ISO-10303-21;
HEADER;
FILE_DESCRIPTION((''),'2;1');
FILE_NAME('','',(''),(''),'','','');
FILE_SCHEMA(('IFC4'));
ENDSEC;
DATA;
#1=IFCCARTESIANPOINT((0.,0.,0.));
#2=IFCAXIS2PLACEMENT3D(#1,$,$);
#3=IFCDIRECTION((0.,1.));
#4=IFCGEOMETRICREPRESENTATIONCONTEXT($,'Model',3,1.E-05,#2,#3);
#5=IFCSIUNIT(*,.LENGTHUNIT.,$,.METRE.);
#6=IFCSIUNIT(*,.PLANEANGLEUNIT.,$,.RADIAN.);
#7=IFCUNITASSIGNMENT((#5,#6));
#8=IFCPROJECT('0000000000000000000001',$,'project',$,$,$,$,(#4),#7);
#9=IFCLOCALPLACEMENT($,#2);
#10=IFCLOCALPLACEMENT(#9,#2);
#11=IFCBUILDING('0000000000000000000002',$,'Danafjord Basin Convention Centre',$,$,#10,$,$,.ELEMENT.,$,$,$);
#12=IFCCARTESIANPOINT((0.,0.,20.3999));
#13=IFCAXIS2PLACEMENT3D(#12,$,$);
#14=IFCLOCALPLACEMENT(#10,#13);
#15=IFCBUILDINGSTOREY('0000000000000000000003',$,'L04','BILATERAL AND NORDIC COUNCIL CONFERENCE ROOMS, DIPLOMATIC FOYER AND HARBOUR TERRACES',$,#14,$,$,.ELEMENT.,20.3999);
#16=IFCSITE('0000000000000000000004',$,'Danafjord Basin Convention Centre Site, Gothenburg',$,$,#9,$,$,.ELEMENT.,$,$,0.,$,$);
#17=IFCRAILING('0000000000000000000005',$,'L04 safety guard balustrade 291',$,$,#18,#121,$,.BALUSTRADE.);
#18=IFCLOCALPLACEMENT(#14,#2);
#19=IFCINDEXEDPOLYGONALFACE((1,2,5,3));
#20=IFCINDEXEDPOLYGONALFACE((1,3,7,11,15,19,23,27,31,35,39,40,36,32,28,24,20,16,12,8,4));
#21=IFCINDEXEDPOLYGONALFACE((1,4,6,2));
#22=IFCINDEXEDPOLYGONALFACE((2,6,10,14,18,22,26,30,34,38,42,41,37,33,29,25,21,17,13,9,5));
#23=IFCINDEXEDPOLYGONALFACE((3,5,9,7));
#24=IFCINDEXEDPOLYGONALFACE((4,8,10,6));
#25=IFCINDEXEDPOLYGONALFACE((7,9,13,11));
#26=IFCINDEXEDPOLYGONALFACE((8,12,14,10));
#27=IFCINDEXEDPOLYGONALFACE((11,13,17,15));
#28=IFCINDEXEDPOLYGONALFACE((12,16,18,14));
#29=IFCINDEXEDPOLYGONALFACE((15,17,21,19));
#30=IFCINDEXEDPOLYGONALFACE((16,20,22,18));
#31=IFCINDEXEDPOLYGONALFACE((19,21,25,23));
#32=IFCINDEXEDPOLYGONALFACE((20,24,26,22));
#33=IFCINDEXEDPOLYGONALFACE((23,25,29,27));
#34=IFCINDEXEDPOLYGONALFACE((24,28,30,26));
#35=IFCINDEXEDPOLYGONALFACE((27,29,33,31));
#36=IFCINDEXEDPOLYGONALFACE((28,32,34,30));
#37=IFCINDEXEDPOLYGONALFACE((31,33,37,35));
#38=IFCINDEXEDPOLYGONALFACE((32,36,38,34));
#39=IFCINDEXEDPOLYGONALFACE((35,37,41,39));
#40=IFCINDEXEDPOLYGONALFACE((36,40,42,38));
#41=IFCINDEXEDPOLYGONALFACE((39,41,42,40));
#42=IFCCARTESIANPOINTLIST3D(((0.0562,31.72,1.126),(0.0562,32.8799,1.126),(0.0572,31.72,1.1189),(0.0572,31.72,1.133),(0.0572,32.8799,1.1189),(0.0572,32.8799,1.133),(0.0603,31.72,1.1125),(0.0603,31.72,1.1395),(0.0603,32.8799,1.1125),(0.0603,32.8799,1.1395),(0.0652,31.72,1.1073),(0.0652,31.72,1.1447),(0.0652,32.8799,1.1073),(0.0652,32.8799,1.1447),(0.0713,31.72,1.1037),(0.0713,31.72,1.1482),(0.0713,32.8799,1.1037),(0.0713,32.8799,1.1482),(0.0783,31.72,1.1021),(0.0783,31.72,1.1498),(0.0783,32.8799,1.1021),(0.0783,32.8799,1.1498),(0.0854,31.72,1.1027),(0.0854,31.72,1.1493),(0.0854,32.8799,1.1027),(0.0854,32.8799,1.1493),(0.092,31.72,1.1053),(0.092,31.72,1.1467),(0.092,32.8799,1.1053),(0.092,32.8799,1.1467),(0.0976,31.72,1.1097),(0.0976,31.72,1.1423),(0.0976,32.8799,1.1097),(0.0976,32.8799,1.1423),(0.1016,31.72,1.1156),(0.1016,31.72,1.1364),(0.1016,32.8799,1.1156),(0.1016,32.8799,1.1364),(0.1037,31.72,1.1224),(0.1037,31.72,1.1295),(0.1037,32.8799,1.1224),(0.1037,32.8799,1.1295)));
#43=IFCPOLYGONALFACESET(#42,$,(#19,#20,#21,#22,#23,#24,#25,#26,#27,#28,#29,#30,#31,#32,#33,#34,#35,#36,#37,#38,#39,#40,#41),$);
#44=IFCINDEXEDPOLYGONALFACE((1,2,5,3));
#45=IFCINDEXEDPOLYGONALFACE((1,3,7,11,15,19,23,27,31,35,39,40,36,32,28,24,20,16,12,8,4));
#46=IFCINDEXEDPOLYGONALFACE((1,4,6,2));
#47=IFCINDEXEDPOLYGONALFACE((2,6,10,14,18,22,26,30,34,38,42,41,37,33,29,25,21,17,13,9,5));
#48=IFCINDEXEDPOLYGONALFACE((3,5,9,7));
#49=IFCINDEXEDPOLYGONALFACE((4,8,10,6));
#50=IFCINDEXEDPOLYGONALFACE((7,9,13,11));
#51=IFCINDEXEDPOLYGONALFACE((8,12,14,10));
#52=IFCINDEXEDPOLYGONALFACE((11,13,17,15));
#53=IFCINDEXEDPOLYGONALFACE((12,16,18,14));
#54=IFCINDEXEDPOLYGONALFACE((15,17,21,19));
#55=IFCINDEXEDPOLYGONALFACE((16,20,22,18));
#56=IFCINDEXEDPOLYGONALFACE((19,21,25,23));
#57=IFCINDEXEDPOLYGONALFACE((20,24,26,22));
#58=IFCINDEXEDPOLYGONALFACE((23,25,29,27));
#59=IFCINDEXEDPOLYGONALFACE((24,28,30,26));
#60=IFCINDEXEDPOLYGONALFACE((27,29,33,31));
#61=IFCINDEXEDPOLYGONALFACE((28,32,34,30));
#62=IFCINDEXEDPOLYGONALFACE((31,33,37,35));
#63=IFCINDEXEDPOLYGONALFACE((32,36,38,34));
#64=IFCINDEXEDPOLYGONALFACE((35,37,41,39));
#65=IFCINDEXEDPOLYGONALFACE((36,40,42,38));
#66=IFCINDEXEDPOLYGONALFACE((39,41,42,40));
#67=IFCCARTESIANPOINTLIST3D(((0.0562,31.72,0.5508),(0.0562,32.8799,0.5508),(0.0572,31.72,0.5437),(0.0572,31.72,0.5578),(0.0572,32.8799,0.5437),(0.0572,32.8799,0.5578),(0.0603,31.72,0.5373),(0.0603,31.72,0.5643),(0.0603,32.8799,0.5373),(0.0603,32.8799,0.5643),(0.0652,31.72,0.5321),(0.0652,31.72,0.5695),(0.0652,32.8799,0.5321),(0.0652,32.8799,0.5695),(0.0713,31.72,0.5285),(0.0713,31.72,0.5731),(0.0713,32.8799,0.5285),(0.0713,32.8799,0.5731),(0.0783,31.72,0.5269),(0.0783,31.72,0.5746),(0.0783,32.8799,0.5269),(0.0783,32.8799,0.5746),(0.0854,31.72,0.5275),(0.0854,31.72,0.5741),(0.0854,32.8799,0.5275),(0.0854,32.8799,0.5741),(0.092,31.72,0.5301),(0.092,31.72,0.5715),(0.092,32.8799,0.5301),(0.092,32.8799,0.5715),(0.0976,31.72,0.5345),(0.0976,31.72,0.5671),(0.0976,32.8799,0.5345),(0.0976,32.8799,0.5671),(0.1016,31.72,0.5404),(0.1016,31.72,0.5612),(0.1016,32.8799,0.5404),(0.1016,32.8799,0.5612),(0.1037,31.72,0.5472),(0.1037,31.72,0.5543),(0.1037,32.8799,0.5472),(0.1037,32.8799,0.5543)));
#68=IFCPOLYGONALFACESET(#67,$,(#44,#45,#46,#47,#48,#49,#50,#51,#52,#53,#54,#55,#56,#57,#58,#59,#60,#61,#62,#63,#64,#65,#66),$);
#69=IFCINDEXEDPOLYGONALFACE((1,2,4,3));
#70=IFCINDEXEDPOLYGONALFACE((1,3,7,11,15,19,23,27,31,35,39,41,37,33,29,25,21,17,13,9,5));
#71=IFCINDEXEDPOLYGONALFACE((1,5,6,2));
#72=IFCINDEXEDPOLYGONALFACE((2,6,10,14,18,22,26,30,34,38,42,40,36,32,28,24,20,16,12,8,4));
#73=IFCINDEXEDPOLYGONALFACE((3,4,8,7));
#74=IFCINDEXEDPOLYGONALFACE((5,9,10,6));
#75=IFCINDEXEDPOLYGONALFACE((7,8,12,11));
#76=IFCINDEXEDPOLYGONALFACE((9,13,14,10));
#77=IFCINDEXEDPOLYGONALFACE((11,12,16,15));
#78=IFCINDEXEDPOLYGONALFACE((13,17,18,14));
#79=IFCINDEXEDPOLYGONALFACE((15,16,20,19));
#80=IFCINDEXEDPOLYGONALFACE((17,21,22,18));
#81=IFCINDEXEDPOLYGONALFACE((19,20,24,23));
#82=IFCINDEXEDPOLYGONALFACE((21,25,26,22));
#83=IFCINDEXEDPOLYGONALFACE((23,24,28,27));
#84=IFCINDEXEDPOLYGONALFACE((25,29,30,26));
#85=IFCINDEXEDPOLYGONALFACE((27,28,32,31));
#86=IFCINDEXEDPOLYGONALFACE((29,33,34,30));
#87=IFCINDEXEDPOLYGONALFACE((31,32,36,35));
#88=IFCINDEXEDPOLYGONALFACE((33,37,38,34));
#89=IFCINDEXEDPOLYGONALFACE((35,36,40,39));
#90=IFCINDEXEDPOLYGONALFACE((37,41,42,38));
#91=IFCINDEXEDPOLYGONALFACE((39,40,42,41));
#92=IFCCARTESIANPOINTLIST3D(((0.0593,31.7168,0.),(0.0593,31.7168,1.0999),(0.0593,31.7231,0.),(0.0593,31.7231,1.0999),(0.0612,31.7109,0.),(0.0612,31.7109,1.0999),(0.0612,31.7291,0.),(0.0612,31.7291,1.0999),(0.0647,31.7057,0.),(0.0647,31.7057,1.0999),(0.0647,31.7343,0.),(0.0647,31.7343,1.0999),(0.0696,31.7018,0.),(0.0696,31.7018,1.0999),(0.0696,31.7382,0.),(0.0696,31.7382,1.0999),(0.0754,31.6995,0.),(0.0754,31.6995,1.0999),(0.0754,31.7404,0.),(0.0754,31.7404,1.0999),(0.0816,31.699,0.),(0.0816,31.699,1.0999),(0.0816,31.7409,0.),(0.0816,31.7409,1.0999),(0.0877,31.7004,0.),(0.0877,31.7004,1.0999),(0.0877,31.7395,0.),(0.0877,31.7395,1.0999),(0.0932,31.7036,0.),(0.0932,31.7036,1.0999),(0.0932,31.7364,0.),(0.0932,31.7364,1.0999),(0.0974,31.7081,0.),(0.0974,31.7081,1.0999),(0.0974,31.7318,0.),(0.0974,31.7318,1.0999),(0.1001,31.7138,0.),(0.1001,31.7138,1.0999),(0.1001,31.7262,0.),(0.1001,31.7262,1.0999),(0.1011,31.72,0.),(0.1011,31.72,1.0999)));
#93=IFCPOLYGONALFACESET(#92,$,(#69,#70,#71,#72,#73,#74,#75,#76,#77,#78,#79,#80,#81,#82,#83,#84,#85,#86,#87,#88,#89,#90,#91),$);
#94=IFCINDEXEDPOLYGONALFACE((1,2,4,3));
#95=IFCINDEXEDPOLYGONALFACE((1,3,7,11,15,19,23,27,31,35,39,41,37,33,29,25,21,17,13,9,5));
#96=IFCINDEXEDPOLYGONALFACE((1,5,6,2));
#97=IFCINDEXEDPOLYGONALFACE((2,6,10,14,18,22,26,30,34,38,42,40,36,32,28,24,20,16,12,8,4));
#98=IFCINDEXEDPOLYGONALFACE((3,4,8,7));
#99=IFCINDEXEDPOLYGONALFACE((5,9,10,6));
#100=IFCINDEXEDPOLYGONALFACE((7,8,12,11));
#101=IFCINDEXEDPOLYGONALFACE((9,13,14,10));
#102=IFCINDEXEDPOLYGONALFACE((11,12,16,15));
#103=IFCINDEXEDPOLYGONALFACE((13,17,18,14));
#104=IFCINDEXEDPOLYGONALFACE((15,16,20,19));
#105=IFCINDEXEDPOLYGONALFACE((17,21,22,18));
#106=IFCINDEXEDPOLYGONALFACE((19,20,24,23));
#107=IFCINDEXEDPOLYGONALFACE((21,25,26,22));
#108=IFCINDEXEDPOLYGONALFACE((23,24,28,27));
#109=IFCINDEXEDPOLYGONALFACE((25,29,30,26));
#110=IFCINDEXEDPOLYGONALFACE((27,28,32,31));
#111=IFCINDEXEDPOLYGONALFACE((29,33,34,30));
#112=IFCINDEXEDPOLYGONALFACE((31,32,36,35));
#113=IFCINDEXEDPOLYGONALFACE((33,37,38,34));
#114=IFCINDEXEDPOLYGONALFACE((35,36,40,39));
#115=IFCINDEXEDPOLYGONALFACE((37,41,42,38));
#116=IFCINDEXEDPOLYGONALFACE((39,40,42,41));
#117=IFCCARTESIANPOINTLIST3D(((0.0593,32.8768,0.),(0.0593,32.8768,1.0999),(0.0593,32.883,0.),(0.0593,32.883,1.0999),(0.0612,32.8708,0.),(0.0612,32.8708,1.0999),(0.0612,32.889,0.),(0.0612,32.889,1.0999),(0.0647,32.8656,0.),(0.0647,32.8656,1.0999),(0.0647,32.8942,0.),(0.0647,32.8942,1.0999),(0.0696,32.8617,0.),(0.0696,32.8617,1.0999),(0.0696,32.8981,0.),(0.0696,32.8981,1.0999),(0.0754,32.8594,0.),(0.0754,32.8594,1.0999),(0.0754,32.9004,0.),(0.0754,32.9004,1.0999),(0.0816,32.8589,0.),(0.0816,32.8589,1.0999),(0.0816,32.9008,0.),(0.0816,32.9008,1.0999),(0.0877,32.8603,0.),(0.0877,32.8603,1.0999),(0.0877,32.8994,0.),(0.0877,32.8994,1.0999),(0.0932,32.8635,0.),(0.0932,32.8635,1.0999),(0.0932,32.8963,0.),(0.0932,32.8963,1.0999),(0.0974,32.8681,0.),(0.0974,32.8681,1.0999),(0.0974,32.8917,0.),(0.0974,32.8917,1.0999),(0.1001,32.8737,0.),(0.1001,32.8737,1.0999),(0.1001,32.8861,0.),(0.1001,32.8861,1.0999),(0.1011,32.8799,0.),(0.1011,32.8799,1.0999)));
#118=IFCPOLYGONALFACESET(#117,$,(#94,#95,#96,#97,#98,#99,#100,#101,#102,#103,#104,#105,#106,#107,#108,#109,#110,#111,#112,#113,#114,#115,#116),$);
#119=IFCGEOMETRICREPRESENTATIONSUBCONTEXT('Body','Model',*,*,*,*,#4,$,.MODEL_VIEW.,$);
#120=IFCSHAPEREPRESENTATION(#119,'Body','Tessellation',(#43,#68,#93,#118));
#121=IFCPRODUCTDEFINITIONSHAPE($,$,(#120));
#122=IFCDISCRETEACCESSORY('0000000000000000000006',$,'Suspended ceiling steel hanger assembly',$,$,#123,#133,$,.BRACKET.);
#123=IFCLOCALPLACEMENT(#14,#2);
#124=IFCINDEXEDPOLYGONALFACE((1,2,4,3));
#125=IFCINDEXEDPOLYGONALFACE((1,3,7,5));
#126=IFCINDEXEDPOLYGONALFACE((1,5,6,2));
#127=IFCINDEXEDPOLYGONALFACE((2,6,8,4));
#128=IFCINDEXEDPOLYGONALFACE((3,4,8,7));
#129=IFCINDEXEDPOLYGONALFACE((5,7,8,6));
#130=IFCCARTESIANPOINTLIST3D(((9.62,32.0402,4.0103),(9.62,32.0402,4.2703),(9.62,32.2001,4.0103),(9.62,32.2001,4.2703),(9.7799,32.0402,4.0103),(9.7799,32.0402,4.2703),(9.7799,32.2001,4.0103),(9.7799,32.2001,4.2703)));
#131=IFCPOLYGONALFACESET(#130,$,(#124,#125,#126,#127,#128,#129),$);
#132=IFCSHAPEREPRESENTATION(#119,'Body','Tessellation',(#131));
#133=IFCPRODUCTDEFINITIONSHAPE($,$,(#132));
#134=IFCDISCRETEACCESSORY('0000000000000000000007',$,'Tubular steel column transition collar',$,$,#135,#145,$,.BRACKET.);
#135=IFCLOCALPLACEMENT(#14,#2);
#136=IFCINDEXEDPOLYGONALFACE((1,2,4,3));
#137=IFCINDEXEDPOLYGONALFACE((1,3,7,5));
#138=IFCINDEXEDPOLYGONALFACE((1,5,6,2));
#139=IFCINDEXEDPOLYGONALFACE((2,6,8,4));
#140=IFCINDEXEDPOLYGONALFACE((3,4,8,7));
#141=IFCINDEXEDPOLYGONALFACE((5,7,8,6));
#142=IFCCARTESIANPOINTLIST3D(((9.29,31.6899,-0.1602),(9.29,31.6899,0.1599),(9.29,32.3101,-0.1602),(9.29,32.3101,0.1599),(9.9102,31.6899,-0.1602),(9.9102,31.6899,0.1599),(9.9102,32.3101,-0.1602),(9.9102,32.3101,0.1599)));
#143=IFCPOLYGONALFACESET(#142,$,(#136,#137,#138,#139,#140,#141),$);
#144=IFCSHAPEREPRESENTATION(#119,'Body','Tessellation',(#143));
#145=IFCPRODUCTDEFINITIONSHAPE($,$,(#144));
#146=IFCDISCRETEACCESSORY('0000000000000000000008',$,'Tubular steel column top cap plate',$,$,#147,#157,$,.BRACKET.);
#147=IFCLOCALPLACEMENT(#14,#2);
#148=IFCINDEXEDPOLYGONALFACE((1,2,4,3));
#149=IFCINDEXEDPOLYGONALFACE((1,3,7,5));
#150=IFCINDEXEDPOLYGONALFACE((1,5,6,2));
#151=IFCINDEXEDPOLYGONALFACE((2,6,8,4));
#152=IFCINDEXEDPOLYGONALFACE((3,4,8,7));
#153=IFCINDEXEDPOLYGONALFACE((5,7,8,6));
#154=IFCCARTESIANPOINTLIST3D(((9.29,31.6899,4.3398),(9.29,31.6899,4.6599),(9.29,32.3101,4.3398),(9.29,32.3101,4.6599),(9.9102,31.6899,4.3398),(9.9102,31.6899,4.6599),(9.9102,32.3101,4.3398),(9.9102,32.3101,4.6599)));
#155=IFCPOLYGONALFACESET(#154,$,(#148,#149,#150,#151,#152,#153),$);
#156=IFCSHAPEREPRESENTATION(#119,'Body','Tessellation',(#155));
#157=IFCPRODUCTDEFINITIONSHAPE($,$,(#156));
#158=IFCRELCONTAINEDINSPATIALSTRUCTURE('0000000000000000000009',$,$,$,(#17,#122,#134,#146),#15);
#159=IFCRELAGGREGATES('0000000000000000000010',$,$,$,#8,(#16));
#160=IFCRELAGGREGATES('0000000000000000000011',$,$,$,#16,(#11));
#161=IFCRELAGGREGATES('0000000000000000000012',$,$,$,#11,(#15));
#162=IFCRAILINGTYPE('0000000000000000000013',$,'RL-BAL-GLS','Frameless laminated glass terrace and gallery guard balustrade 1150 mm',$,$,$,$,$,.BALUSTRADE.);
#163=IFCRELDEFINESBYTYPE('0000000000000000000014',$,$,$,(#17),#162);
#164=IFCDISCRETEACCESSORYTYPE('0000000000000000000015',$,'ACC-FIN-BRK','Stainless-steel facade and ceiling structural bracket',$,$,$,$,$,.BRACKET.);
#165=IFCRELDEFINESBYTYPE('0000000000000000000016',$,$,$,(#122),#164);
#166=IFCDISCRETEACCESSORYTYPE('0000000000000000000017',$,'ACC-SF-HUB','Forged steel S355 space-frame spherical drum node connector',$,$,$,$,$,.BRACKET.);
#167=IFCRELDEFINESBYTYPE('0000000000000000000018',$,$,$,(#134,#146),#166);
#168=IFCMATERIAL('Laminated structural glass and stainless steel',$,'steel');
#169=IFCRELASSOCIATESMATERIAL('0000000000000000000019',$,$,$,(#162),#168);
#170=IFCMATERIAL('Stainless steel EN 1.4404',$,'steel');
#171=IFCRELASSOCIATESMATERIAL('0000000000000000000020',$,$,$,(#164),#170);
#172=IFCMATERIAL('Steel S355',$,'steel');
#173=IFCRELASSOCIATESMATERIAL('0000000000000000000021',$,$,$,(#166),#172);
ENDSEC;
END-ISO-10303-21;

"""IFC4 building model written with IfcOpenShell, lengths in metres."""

from ifc_helpers import new_model, si_unit, direction, frame, origin, origin_2d, place, context, subcontext, project, spatial, rectangle, circle, extrude, material, type_object, element, save


model = new_model("IFC4")

# Units and contexts
model_context = context("Model", 3, precision=1e-05, world=origin(), true_north=direction((0.0, 1.0)))
body_context = subcontext(model_context, "Body", "Model", "MODEL_VIEW")
ifc_project = project(units=[si_unit("LENGTHUNIT", "METRE"), si_unit("PLANEANGLEUNIT", "RADIAN")], contexts=[model_context])

# Site, building, storey
site_placement = place(None, origin())
site = spatial("IfcSite", under=ifc_project, at=site_placement, Name="Danafjord Basin Convention Centre Site, Gothenburg", CompositionType="ELEMENT", RefElevation=0.0)
building_placement = place(site_placement, origin())
building = spatial("IfcBuilding", under=site, at=building_placement, Name="Danafjord Basin Convention Centre", CompositionType="ELEMENT")
storey_placement = place(building_placement, frame((0.0, 0.0, 20.3999)))
storey = spatial("IfcBuildingStorey", under=building, at=storey_placement, Name="L04", Description="BILATERAL AND NORDIC COUNCIL CONFERENCE ROOMS, DIPLOMATIC FOYER AND HARBOUR TERRACES", CompositionType="ELEMENT", Elevation=20.3999)

# Shared definitions
ifc_material_1 = material(Name="Steel S355", Category="steel")

# Railing
ifc_material_2 = material(Name="Laminated structural glass and stainless steel", Category="steel")
railing_type = type_object("IfcRailingType", Name="RL-BAL-GLS", Description="Frameless laminated glass terrace and gallery guard balustrade 1150 mm", PredefinedType="BALUSTRADE", material=ifc_material_2)
railing_placement = place(storey_placement, frame((0.0801, 31.72, 0.0)))
element("IfcRailing", 1, at=railing_placement, inside=storey, type_object=railing_type, Name="L04 safety guard balustrade 291", PredefinedType="BALUSTRADE", context=body_context, shape_type="SweptSolid", body=[
    extrude(circle(Radius=0.0239, at=origin_2d()), frame((0.0, 0.0, 1.126), z_axis=(0.0, 1.0, 0.0), x_axis=(-1.0, 0.0, 0.0)), (0.0, 0.0, 1.0), 1.1599),
    extrude(circle(Radius=0.0239, at=origin_2d()), frame((0.0, 0.0, 0.5508), z_axis=(0.0, 1.0, 0.0), x_axis=(-1.0, 0.0, 0.0)), (0.0, 0.0, 1.0), 1.1599),
    extrude(circle(Radius=0.021, at=origin_2d()), origin(), (0.0, 0.0, 1.0), 1.0999),
    extrude(circle(Radius=0.021, at=origin_2d()), frame((0.0, 1.1599, 0.0)), (0.0, 0.0, 1.0), 1.0999),
])

# Discrete accessories
ifc_material_3 = material(Name="Stainless steel EN 1.4404", Category="steel")
discrete_accessory_type_1 = type_object("IfcDiscreteAccessoryType", Name="ACC-FIN-BRK", Description="Stainless-steel facade and ceiling structural bracket", PredefinedType="BRACKET", material=ifc_material_3)
discrete_accessory_placement = place(storey_placement, frame((9.7, 32.1201, 4.0103), z_axis=(0.0, 0.0, 1.0), x_axis=(1.0, 0.0, 0.0)))
element("IfcDiscreteAccessory", 2, at=discrete_accessory_placement, inside=storey, type_object=discrete_accessory_type_1, Name="Suspended ceiling steel hanger assembly", PredefinedType="BRACKET", context=body_context, shape_type="SweptSolid", body=[
    extrude(rectangle(XDim=0.1599, YDim=0.1599, at=origin_2d()), origin(), (0.0, 0.0, 1.0), 0.26),
])
discrete_accessory_type_2 = type_object("IfcDiscreteAccessoryType", Name="ACC-SF-HUB", Description="Forged steel S355 space-frame spherical drum node connector", PredefinedType="BRACKET", material=ifc_material_1)
for number, where, z_axis, x_axis, name in (
    (3, (9.6001, 32.0, -0.1602), (0.0, 0.0, 1.0), (1.0, 0.0, 0.0), "Tubular steel column transition collar"),
    (4, (9.6001, 32.0, 4.3398), (0.0, 0.0, 1.0), (1.0, 0.0, 0.0), "Tubular steel column top cap plate"),
):
    element("IfcDiscreteAccessory", number, at=place(storey_placement, frame(where, z_axis=z_axis, x_axis=x_axis)), inside=storey, type_object=discrete_accessory_type_2, Name=name, PredefinedType="BRACKET", context=body_context, shape_type="SweptSolid", body=[
        extrude(rectangle(XDim=0.6201, YDim=0.6201, at=origin_2d()), origin(), (0.0, 0.0, 1.0), 0.3201),
    ])

save(model, "model.ifc")
